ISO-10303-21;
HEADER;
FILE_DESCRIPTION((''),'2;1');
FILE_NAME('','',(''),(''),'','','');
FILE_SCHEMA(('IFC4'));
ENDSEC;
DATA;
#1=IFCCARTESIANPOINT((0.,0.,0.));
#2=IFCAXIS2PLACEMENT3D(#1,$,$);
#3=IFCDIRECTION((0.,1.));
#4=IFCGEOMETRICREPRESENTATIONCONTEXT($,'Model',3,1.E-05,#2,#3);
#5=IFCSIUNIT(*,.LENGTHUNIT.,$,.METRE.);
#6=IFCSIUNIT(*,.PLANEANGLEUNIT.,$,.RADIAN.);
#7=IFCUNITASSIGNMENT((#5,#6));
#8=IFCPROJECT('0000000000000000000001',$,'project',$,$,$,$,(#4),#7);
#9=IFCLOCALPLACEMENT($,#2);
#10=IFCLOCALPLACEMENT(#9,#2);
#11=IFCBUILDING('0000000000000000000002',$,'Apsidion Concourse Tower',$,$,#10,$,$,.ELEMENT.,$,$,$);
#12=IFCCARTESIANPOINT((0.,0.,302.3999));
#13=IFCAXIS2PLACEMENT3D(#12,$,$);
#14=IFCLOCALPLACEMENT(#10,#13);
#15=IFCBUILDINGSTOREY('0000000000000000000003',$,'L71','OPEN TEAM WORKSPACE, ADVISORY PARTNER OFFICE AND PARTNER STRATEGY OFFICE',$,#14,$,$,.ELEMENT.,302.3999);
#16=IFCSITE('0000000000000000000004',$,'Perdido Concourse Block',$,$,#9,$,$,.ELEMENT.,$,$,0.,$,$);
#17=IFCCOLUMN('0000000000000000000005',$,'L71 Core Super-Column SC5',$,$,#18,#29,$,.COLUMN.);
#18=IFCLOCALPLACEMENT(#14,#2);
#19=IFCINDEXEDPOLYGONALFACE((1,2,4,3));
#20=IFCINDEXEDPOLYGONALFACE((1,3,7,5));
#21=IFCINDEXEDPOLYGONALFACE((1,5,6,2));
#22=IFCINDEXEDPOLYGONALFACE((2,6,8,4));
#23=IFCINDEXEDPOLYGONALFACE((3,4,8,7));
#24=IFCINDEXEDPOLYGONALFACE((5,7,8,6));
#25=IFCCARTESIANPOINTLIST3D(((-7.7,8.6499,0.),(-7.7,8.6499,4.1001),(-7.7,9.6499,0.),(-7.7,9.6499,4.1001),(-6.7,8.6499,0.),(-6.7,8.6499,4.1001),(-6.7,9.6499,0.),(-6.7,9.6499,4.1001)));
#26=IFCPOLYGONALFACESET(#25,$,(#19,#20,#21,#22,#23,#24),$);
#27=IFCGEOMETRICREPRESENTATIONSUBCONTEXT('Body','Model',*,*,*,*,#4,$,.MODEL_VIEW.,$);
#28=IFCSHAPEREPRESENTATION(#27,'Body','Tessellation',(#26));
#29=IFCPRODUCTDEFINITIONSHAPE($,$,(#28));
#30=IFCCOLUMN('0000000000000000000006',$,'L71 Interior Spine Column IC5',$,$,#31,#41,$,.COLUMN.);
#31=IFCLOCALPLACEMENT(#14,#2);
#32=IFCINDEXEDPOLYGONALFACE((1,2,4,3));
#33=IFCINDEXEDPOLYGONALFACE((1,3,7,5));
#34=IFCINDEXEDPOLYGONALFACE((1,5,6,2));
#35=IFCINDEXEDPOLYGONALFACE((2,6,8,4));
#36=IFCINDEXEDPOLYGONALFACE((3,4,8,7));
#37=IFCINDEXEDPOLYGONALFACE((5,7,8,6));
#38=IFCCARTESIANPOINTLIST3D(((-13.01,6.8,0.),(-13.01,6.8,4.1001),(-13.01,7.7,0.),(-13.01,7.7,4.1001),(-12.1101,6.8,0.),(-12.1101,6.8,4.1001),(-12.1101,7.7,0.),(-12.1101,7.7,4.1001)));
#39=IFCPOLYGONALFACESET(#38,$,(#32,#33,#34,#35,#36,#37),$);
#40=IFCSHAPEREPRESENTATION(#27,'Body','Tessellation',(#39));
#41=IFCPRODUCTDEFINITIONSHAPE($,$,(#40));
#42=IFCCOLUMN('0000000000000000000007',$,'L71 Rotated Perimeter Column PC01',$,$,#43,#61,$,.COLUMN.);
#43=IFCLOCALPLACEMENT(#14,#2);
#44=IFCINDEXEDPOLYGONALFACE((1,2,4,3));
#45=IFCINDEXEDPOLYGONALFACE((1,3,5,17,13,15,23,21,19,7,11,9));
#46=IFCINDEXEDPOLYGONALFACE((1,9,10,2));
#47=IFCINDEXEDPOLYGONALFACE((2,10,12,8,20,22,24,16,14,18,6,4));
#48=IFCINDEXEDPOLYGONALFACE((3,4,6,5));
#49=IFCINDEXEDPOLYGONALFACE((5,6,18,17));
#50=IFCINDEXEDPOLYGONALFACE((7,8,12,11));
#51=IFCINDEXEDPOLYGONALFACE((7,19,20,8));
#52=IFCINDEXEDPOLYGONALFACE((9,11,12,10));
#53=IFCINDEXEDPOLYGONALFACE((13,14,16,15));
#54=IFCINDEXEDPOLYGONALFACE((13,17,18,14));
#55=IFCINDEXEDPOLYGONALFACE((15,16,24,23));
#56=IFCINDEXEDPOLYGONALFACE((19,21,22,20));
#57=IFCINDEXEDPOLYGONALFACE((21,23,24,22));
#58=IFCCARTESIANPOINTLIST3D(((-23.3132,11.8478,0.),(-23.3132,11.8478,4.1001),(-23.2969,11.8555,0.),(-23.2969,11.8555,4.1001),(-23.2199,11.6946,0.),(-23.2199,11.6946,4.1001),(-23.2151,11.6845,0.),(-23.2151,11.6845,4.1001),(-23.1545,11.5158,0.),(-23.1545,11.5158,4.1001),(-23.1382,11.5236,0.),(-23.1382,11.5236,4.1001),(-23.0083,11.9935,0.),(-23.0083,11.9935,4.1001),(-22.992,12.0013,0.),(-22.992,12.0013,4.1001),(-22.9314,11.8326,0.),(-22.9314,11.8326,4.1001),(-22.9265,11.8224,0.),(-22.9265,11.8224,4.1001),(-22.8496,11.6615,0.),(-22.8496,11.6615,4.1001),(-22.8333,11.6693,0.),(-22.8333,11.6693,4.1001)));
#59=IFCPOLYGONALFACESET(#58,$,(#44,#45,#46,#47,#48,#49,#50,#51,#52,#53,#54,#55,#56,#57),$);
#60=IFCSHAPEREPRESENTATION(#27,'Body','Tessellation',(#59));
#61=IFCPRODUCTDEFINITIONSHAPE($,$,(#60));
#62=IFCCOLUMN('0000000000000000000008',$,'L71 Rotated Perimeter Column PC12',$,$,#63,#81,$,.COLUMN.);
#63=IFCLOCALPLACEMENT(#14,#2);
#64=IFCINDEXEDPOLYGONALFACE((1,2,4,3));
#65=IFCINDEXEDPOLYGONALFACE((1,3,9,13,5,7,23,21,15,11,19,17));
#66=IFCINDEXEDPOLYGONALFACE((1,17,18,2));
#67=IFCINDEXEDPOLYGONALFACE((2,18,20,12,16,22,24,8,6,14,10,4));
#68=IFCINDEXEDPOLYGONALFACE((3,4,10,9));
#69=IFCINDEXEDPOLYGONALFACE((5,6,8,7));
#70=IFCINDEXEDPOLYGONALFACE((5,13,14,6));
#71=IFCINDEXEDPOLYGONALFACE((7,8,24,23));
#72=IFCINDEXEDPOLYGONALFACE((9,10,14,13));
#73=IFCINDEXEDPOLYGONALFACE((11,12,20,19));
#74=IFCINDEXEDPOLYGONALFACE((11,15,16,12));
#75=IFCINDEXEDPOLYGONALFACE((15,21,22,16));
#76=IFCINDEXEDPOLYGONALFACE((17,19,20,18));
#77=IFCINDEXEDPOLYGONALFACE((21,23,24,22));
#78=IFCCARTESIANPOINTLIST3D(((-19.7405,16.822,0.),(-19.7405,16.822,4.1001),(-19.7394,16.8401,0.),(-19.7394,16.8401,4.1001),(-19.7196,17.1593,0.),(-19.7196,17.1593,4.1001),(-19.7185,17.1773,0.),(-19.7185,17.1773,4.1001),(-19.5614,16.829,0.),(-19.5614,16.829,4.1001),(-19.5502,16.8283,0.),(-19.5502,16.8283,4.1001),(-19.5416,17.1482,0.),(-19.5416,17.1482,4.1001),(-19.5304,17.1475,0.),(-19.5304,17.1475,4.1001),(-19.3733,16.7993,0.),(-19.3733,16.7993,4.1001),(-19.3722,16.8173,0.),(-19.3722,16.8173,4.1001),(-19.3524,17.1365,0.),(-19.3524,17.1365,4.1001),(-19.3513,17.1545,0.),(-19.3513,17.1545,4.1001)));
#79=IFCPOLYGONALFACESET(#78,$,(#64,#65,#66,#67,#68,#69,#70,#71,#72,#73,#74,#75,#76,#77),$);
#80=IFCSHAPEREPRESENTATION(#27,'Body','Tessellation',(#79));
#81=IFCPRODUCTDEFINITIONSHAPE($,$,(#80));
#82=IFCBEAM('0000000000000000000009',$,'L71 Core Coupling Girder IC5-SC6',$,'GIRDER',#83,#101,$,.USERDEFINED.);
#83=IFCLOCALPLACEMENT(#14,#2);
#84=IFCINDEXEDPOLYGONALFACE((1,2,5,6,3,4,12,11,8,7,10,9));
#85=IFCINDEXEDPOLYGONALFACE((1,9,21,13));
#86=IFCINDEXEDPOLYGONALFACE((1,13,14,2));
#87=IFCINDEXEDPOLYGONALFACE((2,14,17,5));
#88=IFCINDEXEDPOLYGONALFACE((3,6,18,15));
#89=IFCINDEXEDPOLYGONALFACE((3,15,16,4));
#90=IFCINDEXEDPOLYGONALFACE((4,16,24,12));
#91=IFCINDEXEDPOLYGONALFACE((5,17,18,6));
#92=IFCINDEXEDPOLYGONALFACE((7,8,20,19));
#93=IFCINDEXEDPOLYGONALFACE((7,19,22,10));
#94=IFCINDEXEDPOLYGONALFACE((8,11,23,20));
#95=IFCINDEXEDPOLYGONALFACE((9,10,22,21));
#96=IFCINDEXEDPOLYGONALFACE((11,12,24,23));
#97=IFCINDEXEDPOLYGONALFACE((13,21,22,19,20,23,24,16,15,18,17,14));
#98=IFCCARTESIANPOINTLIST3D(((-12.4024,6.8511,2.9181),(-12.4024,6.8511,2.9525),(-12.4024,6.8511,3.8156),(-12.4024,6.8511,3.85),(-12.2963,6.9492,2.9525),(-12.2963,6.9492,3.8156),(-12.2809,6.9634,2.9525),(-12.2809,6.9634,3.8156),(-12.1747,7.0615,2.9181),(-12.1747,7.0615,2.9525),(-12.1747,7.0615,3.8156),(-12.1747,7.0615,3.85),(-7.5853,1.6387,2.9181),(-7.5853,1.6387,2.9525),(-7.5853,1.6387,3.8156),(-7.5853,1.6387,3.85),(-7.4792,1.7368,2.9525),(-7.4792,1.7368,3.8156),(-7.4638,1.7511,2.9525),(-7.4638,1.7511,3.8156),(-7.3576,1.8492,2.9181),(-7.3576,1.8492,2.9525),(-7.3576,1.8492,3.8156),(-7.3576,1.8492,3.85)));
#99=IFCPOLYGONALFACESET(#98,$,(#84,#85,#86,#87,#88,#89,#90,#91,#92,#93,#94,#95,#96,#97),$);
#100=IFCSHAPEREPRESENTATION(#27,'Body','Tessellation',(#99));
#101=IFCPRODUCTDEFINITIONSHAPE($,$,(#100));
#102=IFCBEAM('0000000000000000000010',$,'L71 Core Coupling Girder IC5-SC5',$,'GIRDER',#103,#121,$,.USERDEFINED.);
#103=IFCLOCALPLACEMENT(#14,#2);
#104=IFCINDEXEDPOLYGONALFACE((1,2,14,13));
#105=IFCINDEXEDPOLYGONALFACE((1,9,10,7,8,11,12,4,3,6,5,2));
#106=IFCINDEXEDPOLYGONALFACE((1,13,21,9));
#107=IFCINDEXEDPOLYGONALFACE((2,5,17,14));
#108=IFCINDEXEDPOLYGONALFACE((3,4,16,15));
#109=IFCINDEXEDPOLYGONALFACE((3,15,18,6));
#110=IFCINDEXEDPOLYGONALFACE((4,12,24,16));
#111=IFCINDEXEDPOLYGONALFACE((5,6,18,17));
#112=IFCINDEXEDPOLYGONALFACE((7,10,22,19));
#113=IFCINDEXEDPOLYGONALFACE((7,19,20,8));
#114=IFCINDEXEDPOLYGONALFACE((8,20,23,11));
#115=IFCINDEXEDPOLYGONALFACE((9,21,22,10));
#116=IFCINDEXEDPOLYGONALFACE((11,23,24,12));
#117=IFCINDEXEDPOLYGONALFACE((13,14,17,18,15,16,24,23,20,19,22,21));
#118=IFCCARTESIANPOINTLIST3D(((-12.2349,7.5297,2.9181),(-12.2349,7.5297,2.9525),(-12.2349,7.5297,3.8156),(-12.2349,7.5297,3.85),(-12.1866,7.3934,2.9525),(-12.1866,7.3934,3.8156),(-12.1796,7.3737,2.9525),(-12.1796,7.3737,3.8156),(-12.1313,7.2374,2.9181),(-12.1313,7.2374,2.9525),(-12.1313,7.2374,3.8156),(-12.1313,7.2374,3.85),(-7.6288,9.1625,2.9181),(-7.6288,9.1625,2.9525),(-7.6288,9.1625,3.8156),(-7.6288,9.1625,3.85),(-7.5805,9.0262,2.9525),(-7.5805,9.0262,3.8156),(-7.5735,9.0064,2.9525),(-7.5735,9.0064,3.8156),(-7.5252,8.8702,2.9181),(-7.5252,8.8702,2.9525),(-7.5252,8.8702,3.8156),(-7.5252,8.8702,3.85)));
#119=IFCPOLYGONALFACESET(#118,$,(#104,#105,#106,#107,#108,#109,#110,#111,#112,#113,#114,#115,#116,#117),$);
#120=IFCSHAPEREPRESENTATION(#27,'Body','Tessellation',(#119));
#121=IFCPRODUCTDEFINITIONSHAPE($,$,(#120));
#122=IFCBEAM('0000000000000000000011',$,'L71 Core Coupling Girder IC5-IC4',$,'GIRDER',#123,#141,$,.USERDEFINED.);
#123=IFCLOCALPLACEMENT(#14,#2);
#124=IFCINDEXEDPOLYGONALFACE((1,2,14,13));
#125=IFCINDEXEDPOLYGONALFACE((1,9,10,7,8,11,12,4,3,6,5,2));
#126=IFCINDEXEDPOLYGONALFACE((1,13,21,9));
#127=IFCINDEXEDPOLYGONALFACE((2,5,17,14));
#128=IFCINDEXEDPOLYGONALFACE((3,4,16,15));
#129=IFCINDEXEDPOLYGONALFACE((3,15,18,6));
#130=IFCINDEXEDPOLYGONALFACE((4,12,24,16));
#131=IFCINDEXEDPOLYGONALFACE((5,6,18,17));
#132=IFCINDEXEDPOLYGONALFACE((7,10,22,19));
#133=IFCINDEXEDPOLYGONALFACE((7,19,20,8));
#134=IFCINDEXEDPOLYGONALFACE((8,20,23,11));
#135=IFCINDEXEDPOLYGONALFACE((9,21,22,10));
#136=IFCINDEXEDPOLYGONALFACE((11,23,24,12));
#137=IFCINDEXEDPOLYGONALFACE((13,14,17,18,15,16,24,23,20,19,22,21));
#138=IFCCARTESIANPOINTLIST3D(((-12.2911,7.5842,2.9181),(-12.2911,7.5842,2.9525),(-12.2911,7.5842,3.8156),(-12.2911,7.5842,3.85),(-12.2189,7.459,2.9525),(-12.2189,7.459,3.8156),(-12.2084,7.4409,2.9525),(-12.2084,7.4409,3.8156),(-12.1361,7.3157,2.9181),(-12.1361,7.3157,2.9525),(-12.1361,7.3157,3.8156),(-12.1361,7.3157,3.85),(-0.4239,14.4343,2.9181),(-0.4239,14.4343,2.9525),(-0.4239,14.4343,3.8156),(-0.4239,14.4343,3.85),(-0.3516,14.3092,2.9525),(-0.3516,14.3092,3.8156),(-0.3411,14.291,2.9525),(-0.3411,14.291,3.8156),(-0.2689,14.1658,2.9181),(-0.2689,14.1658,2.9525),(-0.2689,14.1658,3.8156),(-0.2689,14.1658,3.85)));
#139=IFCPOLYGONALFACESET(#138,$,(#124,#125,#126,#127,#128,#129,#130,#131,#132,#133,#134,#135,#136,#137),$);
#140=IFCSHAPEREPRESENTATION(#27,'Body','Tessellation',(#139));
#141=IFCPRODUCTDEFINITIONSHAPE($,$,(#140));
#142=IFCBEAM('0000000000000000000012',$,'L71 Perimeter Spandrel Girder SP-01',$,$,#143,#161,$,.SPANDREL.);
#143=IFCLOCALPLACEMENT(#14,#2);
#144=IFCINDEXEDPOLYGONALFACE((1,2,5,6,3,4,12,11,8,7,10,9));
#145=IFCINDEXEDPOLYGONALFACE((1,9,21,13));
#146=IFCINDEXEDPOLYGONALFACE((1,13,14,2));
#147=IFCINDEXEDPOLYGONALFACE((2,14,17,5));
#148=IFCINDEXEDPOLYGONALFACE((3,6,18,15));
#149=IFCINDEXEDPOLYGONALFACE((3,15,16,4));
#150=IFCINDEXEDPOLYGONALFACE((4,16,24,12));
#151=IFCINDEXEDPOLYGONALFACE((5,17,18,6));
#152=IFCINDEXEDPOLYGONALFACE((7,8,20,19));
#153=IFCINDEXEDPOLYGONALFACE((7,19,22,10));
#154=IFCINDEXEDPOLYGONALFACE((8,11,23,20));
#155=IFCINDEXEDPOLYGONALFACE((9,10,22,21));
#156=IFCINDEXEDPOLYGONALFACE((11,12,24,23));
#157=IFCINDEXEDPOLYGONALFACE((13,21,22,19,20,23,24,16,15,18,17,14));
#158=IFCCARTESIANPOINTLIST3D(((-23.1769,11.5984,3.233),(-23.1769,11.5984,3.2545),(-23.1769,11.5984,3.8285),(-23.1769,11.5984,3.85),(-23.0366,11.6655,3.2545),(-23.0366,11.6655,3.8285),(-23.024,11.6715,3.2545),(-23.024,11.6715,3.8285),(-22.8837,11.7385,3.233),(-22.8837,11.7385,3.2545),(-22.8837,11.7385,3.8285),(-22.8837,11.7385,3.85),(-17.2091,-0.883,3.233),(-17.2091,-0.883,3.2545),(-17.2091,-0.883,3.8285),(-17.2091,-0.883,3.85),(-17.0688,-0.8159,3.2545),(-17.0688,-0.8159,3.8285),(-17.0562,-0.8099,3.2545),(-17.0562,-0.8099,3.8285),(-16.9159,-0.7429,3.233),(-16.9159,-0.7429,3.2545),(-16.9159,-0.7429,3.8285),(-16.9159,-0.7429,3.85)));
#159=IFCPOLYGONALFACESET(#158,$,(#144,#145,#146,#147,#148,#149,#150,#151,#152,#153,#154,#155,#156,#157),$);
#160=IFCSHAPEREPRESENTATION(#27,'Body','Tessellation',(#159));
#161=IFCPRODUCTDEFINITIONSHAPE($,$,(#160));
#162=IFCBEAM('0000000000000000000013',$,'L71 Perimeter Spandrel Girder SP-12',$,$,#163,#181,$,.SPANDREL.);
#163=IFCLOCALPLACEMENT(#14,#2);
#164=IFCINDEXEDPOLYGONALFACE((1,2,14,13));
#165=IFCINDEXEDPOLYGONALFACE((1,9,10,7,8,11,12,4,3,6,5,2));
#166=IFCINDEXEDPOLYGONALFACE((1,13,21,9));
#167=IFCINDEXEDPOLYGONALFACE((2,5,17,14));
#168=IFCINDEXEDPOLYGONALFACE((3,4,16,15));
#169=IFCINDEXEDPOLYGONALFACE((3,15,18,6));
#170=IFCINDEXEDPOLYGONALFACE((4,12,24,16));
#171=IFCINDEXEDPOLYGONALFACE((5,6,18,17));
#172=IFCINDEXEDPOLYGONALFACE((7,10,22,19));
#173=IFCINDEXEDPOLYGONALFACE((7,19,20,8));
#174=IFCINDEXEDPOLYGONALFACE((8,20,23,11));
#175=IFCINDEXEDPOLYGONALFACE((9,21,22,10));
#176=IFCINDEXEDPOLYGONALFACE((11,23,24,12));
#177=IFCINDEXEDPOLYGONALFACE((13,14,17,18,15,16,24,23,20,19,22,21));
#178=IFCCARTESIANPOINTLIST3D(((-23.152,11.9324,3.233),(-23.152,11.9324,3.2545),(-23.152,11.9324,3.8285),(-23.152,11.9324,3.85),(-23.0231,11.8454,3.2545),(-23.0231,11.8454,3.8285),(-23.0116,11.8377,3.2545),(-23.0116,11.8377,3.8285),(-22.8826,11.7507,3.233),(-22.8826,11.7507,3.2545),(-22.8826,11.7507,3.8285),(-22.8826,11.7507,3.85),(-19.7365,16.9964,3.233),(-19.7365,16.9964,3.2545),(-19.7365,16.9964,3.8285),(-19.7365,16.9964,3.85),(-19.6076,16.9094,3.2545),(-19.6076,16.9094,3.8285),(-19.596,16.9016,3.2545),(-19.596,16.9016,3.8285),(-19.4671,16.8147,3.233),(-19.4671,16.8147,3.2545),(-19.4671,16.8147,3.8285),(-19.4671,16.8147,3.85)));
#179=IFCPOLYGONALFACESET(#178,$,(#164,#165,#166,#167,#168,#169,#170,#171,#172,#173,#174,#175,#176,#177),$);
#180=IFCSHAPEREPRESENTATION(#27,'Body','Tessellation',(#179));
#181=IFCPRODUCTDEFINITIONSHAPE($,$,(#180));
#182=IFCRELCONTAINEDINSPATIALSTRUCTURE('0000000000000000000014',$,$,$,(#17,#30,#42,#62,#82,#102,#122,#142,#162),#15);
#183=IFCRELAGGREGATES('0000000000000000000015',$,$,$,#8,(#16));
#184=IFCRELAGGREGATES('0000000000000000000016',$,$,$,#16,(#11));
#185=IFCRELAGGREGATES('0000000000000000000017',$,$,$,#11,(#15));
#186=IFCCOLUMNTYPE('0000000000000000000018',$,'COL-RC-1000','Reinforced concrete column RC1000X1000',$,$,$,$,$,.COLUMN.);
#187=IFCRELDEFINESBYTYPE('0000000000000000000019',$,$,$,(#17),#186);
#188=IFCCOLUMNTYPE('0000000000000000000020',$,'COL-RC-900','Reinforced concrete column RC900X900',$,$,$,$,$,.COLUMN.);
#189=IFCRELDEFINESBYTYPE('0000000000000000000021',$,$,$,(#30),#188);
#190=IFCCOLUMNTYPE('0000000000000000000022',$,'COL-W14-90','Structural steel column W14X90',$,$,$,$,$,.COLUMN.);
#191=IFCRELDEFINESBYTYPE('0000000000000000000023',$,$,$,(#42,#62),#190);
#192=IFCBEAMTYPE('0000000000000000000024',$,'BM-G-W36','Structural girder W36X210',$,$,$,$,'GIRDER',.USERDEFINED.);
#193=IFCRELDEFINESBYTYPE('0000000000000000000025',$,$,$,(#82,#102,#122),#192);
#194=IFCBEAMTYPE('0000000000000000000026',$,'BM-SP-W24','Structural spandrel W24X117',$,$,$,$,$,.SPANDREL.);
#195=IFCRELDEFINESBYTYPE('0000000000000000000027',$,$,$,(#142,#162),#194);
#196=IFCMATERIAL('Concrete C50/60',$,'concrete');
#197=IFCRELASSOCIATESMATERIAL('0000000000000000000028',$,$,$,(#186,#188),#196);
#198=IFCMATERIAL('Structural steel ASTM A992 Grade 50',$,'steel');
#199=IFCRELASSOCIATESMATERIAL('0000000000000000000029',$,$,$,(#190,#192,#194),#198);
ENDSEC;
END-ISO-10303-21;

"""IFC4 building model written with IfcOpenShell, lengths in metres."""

from ifc_helpers import new_model, si_unit, direction, frame, origin, origin_2d, place, context, subcontext, project, spatial, rectangle, i_section, extrude, material, material_profile, profile_set, type_object, element, save


model = new_model("IFC4")

# Units and contexts
model_context = context("Model", 3, precision=1e-05, world=origin(), true_north=direction((0.0, 1.0)))
body_context = subcontext(model_context, "Body", "Model", "MODEL_VIEW")
ifc_project = project(units=[si_unit("LENGTHUNIT", "METRE"), si_unit("PLANEANGLEUNIT", "RADIAN")], contexts=[model_context])

# Site, building, storey
site_placement = place(None, origin())
site = spatial("IfcSite", under=ifc_project, at=site_placement, Name="Perdido Concourse Block", CompositionType="ELEMENT", RefElevation=0.0)
building_placement = place(site_placement, origin())
building = spatial("IfcBuilding", under=site, at=building_placement, Name="Apsidion Concourse Tower", CompositionType="ELEMENT")
storey_placement = place(building_placement, frame((0.0, 0.0, 302.3999)))
storey = spatial("IfcBuildingStorey", under=building, at=storey_placement, Name="L71", Description="OPEN TEAM WORKSPACE, ADVISORY PARTNER OFFICE AND PARTNER STRATEGY OFFICE", CompositionType="ELEMENT", Elevation=302.3999)

# Columns
ifc_material_1 = material(Name="Concrete C50/60", Category="concrete")
ifc_material_profile_1 = material_profile(ifc_material_1, rectangle(XDim=1.0, YDim=1.0, at=origin_2d()), Name="RC 1000x1000")
ifc_profile_set_1 = profile_set([ifc_material_profile_1], Name="Concrete C50/60")
column_type_1 = type_object("IfcColumnType", Name="COL-RC-1000", Description="Reinforced concrete column RC1000X1000", PredefinedType="COLUMN", material=ifc_profile_set_1)
column_1_placement = place(storey_placement, frame((-7.2, 9.1499, 0.0), z_axis=(0.0, 0.0, 1.0), x_axis=(1.0, 0.0, 0.0)))
element("IfcColumn", 1, at=column_1_placement, inside=storey, type_object=column_type_1, Name="L71 Core Super-Column SC5", PredefinedType="COLUMN", context=body_context, shape_type="SweptSolid", body=[
    extrude(rectangle(XDim=1.0, YDim=1.0, at=origin_2d()), origin(), (0.0, 0.0, 1.0), 4.1001),
])
ifc_material_profile_2 = material_profile(ifc_material_1, rectangle(XDim=0.8999, YDim=0.8999, at=origin_2d()), Name="RC 900x900")
ifc_profile_set_2 = profile_set([ifc_material_profile_2], Name="Concrete C50/60")
column_type_2 = type_object("IfcColumnType", Name="COL-RC-900", Description="Reinforced concrete column RC900X900", PredefinedType="COLUMN", material=ifc_profile_set_2)
column_2_placement = place(storey_placement, frame((-12.5601, 7.25, 0.0), z_axis=(0.0, 0.0, 1.0), x_axis=(1.0, 0.0, 0.0)))
element("IfcColumn", 2, at=column_2_placement, inside=storey, type_object=column_type_2, Name="L71 Interior Spine Column IC5", PredefinedType="COLUMN", context=body_context, shape_type="SweptSolid", body=[
    extrude(rectangle(XDim=0.8999, YDim=0.8999, at=origin_2d()), origin(), (0.0, 0.0, 1.0), 4.1001),
])
ifc_material_2 = material(Name="Structural steel ASTM A992 Grade 50", Category="steel")
ifc_material_profile_3 = material_profile(ifc_material_2, i_section(OverallWidth=0.3679, OverallDepth=0.356, WebThickness=0.0112, FlangeThickness=0.0181, at=origin_2d()), Name="W14X90")
ifc_profile_set_3 = profile_set([ifc_material_profile_3], Name="Structural steel ASTM A992 Grade 50")
column_type_3 = type_object("IfcColumnType", Name="COL-W14-90", Description="Structural steel column W14X90", PredefinedType="COLUMN", material=ifc_profile_set_3)
for number, where, z_axis, x_axis, name in (
    (3, (-23.0732, 11.7585, 0.0), (0.0, 0.0, 1.0), (-0.431299, 0.902209, 0.0), "L71 Rotated Perimeter Column PC01"),
    (4, (-19.5459, 16.9883, 0.0), (0.0, 0.0, 1.0), (-0.998081, 0.06192, 0.0), "L71 Rotated Perimeter Column PC12"),
):
    element("IfcColumn", number, at=place(storey_placement, frame(where, z_axis=z_axis, x_axis=x_axis)), inside=storey, type_object=column_type_3, Name=name, PredefinedType="COLUMN", context=body_context, shape_type="SweptSolid", body=[
        extrude(i_section(OverallWidth=0.3679, OverallDepth=0.356, WebThickness=0.0112, FlangeThickness=0.0181, at=origin_2d()), origin(), (0.0, 0.0, 1.0), 4.1001),
    ])

# Beams
ifc_material_profile_4 = material_profile(ifc_material_2, i_section(OverallWidth=0.3101, OverallDepth=0.9319, WebThickness=0.021, FlangeThickness=0.0344, at=origin_2d()), Name="W36X210")
ifc_profile_set_4 = profile_set([ifc_material_profile_4], Name="Structural steel ASTM A992 Grade 50")
beam_type_1 = type_object("IfcBeamType", Name="BM-G-W36", Description="Structural girder W36X210", ElementType="GIRDER", PredefinedType="USERDEFINED", material=ifc_profile_set_4)
beam_1_placement = place(storey_placement, frame((-12.2886, 6.9563, 3.384), z_axis=(0.678713, -0.734404, 0.0), x_axis=(0.734404, 0.678713, 0.0)))
element("IfcBeam", 5, at=beam_1_placement, inside=storey, type_object=beam_type_1, Name="L71 Core Coupling Girder IC5-SC6", ObjectType="GIRDER", PredefinedType="USERDEFINED", context=body_context, shape_type="SweptSolid", body=[
    extrude(i_section(OverallWidth=0.3101, OverallDepth=0.9319, WebThickness=0.021, FlangeThickness=0.0344, at=origin_2d()), origin(), (0.0, 0.0, 1.0), 7.0974),
])
beam_2_placement = place(storey_placement, frame((-12.1831, 7.3835, 3.384), z_axis=(0.942534, 0.334111, 0.0), x_axis=(-0.334111, 0.942534, 0.0)))
element("IfcBeam", 6, at=beam_2_placement, inside=storey, type_object=beam_type_1, Name="L71 Core Coupling Girder IC5-SC5", ObjectType="GIRDER", PredefinedType="USERDEFINED", context=body_context, shape_type="SweptSolid", body=[
    extrude(i_section(OverallWidth=0.3101, OverallDepth=0.9319, WebThickness=0.021, FlangeThickness=0.0344, at=origin_2d()), origin(), (0.0, 0.0, 1.0), 4.887),
])
beam_3_placement = place(storey_placement, frame((-12.2136, 7.45, 3.384), z_axis=(0.86607, 0.499922, 0.0), x_axis=(-0.499922, 0.86607, 0.0)))
element("IfcBeam", 7, at=beam_3_placement, inside=storey, type_object=beam_type_1, Name="L71 Core Coupling Girder IC5-IC4", ObjectType="GIRDER", PredefinedType="USERDEFINED", context=body_context, shape_type="SweptSolid", body=[
    extrude(i_section(OverallWidth=0.3101, OverallDepth=0.9319, WebThickness=0.021, FlangeThickness=0.0344, at=origin_2d()), origin(), (0.0, 0.0, 1.0), 13.7024),
])
ifc_material_profile_5 = material_profile(ifc_material_2, i_section(OverallWidth=0.325, OverallDepth=0.6169, WebThickness=0.0139, FlangeThickness=0.0215, at=origin_2d()), Name="W24X117")
ifc_profile_set_5 = profile_set([ifc_material_profile_5], Name="Structural steel ASTM A992 Grade 50")
beam_type_2 = type_object("IfcBeamType", Name="BM-SP-W24", Description="Structural spandrel W24X117", PredefinedType="SPANDREL", material=ifc_profile_set_5)
beam_4_placement = place(storey_placement, frame((-23.0303, 11.6685, 3.5415), z_axis=(0.431361, -0.90218, 0.0), x_axis=(0.90218, 0.431361, 0.0)))
element("IfcBeam", 8, at=beam_4_placement, inside=storey, type_object=beam_type_2, Name="L71 Perimeter Spandrel Girder SP-01", PredefinedType="SPANDREL", context=body_context, shape_type="SweptSolid", body=[
    extrude(i_section(OverallWidth=0.325, OverallDepth=0.6169, WebThickness=0.0139, FlangeThickness=0.0215, at=origin_2d()), origin(), (0.0, 0.0, 1.0), 13.8347),
])
beam_5_placement = place(storey_placement, frame((-19.6018, 16.9055, 3.5415), z_axis=(-0.559175, -0.82905, 0.0), x_axis=(0.82905, -0.559175, 0.0)))
element("IfcBeam", 9, at=beam_5_placement, inside=storey, type_object=beam_type_2, Name="L71 Perimeter Spandrel Girder SP-12", PredefinedType="SPANDREL", context=body_context, shape_type="SweptSolid", body=[
    extrude(i_section(OverallWidth=0.325, OverallDepth=0.6169, WebThickness=0.0139, FlangeThickness=0.0215, at=origin_2d()), origin(), (0.0, 0.0, 1.0), 6.1082),
])

save(model, "model.ifc")
